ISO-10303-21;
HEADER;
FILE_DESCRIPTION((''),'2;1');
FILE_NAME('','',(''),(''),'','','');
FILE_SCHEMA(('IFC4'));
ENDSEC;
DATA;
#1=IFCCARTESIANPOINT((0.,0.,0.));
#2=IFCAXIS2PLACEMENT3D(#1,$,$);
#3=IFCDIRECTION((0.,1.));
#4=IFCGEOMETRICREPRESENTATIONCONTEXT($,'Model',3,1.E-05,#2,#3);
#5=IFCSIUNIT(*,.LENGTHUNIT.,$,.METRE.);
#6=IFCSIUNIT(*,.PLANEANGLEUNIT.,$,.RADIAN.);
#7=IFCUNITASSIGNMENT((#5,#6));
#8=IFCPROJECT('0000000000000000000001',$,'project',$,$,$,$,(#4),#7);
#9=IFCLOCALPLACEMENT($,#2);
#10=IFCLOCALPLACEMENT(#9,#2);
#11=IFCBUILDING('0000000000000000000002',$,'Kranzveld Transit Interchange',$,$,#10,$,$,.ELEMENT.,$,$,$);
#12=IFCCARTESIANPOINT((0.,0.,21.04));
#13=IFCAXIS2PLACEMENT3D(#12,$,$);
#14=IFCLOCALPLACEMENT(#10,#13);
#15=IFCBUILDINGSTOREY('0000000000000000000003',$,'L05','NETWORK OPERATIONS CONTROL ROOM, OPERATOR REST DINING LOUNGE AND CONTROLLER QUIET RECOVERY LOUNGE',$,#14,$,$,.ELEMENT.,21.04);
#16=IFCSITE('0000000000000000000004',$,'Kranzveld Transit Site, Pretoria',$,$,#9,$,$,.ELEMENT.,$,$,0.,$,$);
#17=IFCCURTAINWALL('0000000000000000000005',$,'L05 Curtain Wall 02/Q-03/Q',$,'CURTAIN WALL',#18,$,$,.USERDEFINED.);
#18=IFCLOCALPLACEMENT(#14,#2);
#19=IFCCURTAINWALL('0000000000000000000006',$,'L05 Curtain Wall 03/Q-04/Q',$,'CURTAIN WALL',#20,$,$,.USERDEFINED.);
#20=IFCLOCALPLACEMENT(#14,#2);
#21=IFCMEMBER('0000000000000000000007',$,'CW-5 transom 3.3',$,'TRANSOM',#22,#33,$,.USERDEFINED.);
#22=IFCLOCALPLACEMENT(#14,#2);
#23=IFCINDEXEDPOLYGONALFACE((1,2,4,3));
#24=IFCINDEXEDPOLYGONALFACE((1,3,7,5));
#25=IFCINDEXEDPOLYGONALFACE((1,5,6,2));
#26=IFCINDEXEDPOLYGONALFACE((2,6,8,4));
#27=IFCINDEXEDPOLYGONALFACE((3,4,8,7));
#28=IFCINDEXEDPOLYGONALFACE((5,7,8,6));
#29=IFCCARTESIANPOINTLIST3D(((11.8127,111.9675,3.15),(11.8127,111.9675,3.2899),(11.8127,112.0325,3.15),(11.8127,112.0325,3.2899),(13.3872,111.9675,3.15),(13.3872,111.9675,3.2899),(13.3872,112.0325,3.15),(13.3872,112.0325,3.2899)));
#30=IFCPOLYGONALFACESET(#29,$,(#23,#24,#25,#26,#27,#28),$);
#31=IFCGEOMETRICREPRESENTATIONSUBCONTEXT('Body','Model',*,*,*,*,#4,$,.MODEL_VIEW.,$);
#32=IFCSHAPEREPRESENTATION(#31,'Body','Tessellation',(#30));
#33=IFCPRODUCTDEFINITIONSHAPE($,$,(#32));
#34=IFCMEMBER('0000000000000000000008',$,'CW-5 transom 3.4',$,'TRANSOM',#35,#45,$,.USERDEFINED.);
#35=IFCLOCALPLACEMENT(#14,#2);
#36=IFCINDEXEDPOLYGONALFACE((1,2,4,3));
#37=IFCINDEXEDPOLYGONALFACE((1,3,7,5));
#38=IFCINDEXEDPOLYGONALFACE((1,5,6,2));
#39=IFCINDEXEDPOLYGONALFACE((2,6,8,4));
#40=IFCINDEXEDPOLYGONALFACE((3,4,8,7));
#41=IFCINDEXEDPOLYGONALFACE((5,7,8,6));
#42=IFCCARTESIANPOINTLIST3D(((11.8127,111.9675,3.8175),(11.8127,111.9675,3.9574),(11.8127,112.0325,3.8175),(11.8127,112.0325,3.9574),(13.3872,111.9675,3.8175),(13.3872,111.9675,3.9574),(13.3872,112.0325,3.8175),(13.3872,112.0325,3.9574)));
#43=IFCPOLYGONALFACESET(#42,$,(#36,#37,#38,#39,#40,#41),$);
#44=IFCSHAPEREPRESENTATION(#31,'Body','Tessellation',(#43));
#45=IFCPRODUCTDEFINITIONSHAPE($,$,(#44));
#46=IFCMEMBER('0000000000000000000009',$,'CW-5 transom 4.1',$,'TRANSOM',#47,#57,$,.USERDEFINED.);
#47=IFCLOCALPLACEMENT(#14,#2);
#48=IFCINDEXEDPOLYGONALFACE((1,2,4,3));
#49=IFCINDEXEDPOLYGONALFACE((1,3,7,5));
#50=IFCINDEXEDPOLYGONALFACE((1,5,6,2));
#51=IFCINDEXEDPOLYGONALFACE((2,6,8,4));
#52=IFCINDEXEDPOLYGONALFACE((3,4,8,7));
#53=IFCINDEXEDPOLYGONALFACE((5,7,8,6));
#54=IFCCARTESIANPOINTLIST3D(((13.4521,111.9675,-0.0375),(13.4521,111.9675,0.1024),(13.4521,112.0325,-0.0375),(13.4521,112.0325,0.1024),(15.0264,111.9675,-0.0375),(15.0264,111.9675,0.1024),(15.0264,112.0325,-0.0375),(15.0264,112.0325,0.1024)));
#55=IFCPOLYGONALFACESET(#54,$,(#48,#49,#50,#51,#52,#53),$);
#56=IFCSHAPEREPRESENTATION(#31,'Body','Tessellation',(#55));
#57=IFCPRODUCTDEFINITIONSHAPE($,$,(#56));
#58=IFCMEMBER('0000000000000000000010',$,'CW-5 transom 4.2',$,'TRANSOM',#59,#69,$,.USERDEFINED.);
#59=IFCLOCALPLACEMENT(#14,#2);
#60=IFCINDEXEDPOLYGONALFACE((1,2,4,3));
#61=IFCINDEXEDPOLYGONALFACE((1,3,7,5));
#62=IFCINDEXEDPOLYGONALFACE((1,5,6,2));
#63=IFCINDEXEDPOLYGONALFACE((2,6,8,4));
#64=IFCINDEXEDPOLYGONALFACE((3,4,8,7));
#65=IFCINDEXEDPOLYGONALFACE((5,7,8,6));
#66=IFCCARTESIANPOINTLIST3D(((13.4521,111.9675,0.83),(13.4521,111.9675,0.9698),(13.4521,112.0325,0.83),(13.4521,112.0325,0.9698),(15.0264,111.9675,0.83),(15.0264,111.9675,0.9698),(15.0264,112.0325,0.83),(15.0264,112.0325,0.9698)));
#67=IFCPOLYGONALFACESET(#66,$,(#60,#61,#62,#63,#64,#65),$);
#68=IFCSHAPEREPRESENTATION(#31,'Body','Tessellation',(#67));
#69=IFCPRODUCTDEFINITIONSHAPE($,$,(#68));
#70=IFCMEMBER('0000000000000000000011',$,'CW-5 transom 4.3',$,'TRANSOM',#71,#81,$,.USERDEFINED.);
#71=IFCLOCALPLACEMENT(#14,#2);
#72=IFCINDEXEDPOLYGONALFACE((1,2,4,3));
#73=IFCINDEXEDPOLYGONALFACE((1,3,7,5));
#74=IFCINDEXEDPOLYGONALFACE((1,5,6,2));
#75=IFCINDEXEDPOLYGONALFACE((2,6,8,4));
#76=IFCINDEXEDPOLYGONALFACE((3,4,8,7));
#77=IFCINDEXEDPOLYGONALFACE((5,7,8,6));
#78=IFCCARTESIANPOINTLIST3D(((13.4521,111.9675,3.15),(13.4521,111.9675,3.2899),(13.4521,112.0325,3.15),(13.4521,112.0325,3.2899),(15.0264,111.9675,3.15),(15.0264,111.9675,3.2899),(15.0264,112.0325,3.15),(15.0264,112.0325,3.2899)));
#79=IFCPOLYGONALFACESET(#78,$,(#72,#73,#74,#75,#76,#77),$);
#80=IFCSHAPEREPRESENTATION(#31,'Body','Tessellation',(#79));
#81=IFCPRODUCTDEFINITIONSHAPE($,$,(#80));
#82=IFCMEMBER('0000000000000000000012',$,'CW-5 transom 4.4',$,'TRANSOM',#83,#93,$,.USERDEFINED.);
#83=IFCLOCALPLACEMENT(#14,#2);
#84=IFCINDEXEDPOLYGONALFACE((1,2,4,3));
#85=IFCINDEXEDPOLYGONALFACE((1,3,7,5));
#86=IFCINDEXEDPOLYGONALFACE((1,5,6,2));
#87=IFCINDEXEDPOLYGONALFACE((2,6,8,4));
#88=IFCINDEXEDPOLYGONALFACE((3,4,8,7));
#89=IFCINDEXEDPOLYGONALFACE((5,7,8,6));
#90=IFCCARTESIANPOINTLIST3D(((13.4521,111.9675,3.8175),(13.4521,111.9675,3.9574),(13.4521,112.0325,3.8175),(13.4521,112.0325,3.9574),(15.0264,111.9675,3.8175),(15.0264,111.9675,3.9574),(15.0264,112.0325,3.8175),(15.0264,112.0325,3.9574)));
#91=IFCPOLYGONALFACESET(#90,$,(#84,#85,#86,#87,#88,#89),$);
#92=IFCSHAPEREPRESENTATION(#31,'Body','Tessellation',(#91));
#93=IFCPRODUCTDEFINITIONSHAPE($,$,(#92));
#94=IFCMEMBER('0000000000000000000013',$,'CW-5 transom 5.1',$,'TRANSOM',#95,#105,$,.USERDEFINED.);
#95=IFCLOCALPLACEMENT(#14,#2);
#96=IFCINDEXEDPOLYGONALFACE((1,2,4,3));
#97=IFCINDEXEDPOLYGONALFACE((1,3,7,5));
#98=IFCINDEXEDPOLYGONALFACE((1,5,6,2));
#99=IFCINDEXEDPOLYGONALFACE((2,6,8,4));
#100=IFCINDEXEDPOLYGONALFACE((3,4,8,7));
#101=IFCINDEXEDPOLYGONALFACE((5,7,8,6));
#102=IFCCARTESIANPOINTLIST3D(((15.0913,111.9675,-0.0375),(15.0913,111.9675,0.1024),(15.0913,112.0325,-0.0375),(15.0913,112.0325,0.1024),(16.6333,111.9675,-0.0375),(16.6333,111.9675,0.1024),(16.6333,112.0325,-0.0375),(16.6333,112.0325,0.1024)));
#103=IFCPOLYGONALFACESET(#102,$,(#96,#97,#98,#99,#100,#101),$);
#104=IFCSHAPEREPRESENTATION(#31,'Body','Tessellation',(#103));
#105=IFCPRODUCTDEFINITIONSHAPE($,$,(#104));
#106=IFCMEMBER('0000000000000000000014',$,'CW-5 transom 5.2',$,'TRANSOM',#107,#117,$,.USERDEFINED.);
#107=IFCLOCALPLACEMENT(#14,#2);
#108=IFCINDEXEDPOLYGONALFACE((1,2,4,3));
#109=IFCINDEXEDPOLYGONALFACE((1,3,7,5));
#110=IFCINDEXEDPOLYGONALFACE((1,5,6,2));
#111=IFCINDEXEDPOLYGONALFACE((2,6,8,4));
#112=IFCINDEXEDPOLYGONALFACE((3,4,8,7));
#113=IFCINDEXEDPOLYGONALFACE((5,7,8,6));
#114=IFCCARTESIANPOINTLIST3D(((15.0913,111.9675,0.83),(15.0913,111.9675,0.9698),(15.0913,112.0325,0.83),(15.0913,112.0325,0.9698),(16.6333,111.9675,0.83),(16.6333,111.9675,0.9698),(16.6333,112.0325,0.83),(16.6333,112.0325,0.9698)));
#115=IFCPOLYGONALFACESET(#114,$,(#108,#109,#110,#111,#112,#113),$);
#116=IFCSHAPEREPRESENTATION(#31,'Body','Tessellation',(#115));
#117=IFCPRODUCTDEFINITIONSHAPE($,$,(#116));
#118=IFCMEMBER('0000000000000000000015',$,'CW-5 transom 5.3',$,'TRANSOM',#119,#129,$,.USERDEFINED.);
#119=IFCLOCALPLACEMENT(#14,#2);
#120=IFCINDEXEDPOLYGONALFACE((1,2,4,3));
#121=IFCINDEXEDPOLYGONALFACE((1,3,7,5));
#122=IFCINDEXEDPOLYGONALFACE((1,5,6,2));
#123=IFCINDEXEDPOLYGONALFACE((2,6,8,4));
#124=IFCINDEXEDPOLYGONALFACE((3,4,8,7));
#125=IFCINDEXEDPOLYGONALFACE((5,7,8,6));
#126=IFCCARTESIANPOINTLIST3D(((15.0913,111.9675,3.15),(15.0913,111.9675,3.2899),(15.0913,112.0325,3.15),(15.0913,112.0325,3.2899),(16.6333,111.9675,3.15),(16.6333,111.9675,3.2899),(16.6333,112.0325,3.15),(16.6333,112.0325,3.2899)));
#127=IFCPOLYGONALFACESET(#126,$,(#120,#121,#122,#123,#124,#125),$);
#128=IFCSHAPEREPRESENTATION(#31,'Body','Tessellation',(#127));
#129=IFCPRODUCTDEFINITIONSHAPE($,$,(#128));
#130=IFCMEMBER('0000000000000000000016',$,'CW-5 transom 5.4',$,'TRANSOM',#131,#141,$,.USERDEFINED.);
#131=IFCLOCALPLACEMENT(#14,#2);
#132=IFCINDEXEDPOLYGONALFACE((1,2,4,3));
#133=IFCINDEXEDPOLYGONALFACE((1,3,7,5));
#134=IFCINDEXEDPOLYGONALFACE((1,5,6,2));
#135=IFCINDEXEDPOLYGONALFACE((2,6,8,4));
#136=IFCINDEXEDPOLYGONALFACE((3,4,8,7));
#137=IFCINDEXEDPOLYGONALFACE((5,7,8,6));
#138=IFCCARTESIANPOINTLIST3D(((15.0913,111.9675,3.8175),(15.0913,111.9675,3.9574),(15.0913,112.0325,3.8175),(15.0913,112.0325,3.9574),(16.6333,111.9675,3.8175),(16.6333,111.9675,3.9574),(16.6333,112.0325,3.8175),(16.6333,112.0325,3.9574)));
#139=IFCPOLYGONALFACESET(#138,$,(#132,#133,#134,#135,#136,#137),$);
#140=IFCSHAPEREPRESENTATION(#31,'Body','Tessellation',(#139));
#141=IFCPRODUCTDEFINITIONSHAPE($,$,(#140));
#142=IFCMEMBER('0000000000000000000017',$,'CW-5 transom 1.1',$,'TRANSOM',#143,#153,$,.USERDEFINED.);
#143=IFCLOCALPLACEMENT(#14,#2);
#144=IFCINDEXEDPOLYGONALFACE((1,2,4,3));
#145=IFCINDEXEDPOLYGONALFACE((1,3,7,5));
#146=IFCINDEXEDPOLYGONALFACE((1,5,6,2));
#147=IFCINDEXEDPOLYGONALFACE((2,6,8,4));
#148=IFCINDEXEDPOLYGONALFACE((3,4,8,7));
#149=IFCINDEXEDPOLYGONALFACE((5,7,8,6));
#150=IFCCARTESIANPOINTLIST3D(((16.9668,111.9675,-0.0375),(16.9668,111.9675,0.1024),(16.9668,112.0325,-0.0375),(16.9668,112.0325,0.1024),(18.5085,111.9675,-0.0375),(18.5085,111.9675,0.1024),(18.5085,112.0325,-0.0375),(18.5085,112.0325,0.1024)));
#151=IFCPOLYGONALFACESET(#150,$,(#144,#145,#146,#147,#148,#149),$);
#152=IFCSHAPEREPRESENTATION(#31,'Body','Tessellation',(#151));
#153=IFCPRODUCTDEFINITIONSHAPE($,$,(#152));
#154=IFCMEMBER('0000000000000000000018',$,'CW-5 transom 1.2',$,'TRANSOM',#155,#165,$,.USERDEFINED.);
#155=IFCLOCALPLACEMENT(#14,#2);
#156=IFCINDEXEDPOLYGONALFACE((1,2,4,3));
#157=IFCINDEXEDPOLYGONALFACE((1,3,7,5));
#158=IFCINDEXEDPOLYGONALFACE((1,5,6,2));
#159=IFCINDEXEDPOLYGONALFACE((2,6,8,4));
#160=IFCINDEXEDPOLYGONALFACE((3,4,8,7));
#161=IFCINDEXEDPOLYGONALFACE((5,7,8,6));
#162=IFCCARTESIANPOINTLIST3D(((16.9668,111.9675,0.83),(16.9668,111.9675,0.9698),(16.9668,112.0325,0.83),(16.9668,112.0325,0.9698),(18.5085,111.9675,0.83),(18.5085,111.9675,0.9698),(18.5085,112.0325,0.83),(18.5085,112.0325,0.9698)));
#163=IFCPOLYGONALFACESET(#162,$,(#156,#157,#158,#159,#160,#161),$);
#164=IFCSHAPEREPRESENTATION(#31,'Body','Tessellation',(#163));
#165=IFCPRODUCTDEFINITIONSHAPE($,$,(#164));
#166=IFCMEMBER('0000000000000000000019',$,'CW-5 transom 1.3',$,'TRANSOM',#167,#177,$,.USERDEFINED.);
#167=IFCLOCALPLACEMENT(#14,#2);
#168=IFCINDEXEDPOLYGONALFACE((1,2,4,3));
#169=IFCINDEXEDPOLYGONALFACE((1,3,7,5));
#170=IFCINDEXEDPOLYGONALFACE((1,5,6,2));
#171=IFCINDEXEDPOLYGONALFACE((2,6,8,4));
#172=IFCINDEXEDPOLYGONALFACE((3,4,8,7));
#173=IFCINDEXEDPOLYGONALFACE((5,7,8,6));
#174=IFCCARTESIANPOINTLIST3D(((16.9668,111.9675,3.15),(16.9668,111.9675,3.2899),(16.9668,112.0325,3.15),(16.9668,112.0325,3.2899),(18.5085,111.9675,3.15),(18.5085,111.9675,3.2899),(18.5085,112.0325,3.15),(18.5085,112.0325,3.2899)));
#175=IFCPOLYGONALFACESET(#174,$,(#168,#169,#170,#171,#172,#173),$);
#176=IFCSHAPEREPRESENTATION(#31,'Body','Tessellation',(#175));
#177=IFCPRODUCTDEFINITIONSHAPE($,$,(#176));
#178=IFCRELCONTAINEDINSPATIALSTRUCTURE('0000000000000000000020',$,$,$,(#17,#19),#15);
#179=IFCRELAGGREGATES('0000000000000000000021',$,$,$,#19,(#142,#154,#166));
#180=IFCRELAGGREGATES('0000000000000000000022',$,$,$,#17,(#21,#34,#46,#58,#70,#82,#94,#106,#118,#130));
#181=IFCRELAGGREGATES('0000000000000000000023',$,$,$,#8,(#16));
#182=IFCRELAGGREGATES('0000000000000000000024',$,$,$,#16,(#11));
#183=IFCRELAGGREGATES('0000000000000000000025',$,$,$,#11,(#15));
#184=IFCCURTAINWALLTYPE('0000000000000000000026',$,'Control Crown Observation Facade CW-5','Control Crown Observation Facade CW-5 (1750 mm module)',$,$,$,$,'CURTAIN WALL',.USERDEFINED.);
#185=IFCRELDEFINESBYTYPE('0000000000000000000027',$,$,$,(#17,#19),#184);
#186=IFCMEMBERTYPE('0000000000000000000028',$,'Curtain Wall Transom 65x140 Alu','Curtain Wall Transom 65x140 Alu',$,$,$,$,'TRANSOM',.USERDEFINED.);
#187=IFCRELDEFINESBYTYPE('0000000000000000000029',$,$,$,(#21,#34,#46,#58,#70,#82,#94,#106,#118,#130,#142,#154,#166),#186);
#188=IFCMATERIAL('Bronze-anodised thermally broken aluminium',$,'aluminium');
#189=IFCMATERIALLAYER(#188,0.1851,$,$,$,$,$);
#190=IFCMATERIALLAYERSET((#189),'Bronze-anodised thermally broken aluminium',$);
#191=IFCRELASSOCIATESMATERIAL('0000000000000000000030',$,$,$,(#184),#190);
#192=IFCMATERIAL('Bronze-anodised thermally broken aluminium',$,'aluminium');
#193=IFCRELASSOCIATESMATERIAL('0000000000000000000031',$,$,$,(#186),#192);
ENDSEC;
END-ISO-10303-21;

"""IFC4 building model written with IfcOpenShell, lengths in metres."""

from ifc_helpers import new_model, si_unit, direction, frame, origin, origin_2d, place, context, subcontext, project, spatial, rectangle, extrude, material, layer, layer_set, material_profile, profile_set, type_object, element, aggregate, save


model = new_model("IFC4")

# Units and contexts
model_context = context("Model", 3, precision=1e-05, world=origin(), true_north=direction((0.0, 1.0)))
body_context = subcontext(model_context, "Body", "Model", "MODEL_VIEW")
ifc_project = project(units=[si_unit("LENGTHUNIT", "METRE"), si_unit("PLANEANGLEUNIT", "RADIAN")], contexts=[model_context])

# Site, building, storey
site_placement = place(None, origin())
site = spatial("IfcSite", under=ifc_project, at=site_placement, Name="Kranzveld Transit Site, Pretoria", CompositionType="ELEMENT", RefElevation=0.0)
building_placement = place(site_placement, origin())
building = spatial("IfcBuilding", under=site, at=building_placement, Name="Kranzveld Transit Interchange", CompositionType="ELEMENT")
storey_placement = place(building_placement, frame((0.0, 0.0, 21.04)))
storey = spatial("IfcBuildingStorey", under=building, at=storey_placement, Name="L05", Description="NETWORK OPERATIONS CONTROL ROOM, OPERATOR REST DINING LOUNGE AND CONTROLLER QUIET RECOVERY LOUNGE", CompositionType="ELEMENT", Elevation=21.04)

# Curtain wall
ifc_material_1 = material(Name="Bronze-anodised thermally broken aluminium", Category="aluminium")
ifc_layer_1 = layer(ifc_material_1, 0.1851)
ifc_layer_set_1 = layer_set([ifc_layer_1], Name="Bronze-anodised thermally broken aluminium")
curtain_wall_type = type_object("IfcCurtainWallType", Name="Control Crown Observation Facade CW-5", Description="Control Crown Observation Facade CW-5 (1750 mm module)", ElementType="CURTAIN WALL", PredefinedType="USERDEFINED", material=ifc_layer_set_1)
curtain_wall_1_placement = place(storey_placement, origin())
curtain_wall_1 = element("IfcCurtainWall", 1, at=curtain_wall_1_placement, inside=storey, type_object=curtain_wall_type, Name="L05 Curtain Wall 02/Q-03/Q", ObjectType="CURTAIN WALL", PredefinedType="USERDEFINED")

# Curtain wall
curtain_wall_2_placement = place(storey_placement, origin())
curtain_wall_2 = element("IfcCurtainWall", 2, at=curtain_wall_2_placement, inside=storey, type_object=curtain_wall_type, Name="L05 Curtain Wall 03/Q-04/Q", ObjectType="CURTAIN WALL", PredefinedType="USERDEFINED")

# Members
ifc_material_2 = material(Name="Bronze-anodised thermally broken aluminium", Category="aluminium")
ifc_material_profile_1 = material_profile(ifc_material_2, rectangle(XDim=0.0649, YDim=0.1399, at=origin_2d()), Name="ALU TRANSOM 65x140")
ifc_profile_set_1 = profile_set([ifc_material_profile_1], Name="Bronze-anodised thermally broken aluminium")
member_type_1 = type_object("IfcMemberType", Name="Curtain Wall Transom 65x140 Alu", Description="Curtain Wall Transom 65x140 Alu", ElementType="TRANSOM", PredefinedType="USERDEFINED", material=ifc_profile_set_1)
member_1_placement = place(storey_placement, frame((11.8127, 112.0, 3.22), z_axis=(1.0, 0.0, 0.0), x_axis=(0.0, 1.0, 0.0)))
member_1 = element("IfcMember", 3, at=member_1_placement, type_object=member_type_1, Name="CW-5 transom 3.3", ObjectType="TRANSOM", PredefinedType="USERDEFINED", context=body_context, shape_type="SweptSolid", body=[
    extrude(rectangle(XDim=0.0649, YDim=0.1399, at=origin_2d()), origin(), (0.0, 0.0, 1.0), 1.5745),
])
member_2_placement = place(storey_placement, frame((11.8127, 112.0, 3.8875), z_axis=(1.0, 0.0, 0.0), x_axis=(0.0, 1.0, 0.0)))
member_2 = element("IfcMember", 4, at=member_2_placement, type_object=member_type_1, Name="CW-5 transom 3.4", ObjectType="TRANSOM", PredefinedType="USERDEFINED", context=body_context, shape_type="SweptSolid", body=[
    extrude(rectangle(XDim=0.0649, YDim=0.1399, at=origin_2d()), origin(), (0.0, 0.0, 1.0), 1.5745),
])
member_3_placement = place(storey_placement, frame((13.4521, 112.0, 0.0325), z_axis=(1.0, 0.0, 0.0), x_axis=(0.0, 1.0, 0.0)))
member_3 = element("IfcMember", 5, at=member_3_placement, type_object=member_type_1, Name="CW-5 transom 4.1", ObjectType="TRANSOM", PredefinedType="USERDEFINED", context=body_context, shape_type="SweptSolid", body=[
    extrude(rectangle(XDim=0.0649, YDim=0.1399, at=origin_2d()), origin(), (0.0, 0.0, 1.0), 1.5742),
])
member_4_placement = place(storey_placement, frame((13.4521, 112.0, 0.8999), z_axis=(1.0, 0.0, 0.0), x_axis=(0.0, 1.0, 0.0)))
member_4 = element("IfcMember", 6, at=member_4_placement, type_object=member_type_1, Name="CW-5 transom 4.2", ObjectType="TRANSOM", PredefinedType="USERDEFINED", context=body_context, shape_type="SweptSolid", body=[
    extrude(rectangle(XDim=0.0649, YDim=0.1399, at=origin_2d()), origin(), (0.0, 0.0, 1.0), 1.5742),
])
member_5_placement = place(storey_placement, frame((13.4521, 112.0, 3.22), z_axis=(1.0, 0.0, 0.0), x_axis=(0.0, 1.0, 0.0)))
member_5 = element("IfcMember", 7, at=member_5_placement, type_object=member_type_1, Name="CW-5 transom 4.3", ObjectType="TRANSOM", PredefinedType="USERDEFINED", context=body_context, shape_type="SweptSolid", body=[
    extrude(rectangle(XDim=0.0649, YDim=0.1399, at=origin_2d()), origin(), (0.0, 0.0, 1.0), 1.5742),
])
member_6_placement = place(storey_placement, frame((13.4521, 112.0, 3.8875), z_axis=(1.0, 0.0, 0.0), x_axis=(0.0, 1.0, 0.0)))
member_6 = element("IfcMember", 8, at=member_6_placement, type_object=member_type_1, Name="CW-5 transom 4.4", ObjectType="TRANSOM", PredefinedType="USERDEFINED", context=body_context, shape_type="SweptSolid", body=[
    extrude(rectangle(XDim=0.0649, YDim=0.1399, at=origin_2d()), origin(), (0.0, 0.0, 1.0), 1.5742),
])
member_7_placement = place(storey_placement, frame((15.0913, 112.0, 0.0325), z_axis=(1.0, 0.0, 0.0), x_axis=(0.0, 1.0, 0.0)))
member_7 = element("IfcMember", 9, at=member_7_placement, type_object=member_type_1, Name="CW-5 transom 5.1", ObjectType="TRANSOM", PredefinedType="USERDEFINED", context=body_context, shape_type="SweptSolid", body=[
    extrude(rectangle(XDim=0.0649, YDim=0.1399, at=origin_2d()), origin(), (0.0, 0.0, 1.0), 1.542),
])
member_8_placement = place(storey_placement, frame((15.0913, 112.0, 0.8999), z_axis=(1.0, 0.0, 0.0), x_axis=(0.0, 1.0, 0.0)))
member_8 = element("IfcMember", 10, at=member_8_placement, type_object=member_type_1, Name="CW-5 transom 5.2", ObjectType="TRANSOM", PredefinedType="USERDEFINED", context=body_context, shape_type="SweptSolid", body=[
    extrude(rectangle(XDim=0.0649, YDim=0.1399, at=origin_2d()), origin(), (0.0, 0.0, 1.0), 1.542),
])
member_9_placement = place(storey_placement, frame((15.0913, 112.0, 3.22), z_axis=(1.0, 0.0, 0.0), x_axis=(0.0, 1.0, 0.0)))
member_9 = element("IfcMember", 11, at=member_9_placement, type_object=member_type_1, Name="CW-5 transom 5.3", ObjectType="TRANSOM", PredefinedType="USERDEFINED", context=body_context, shape_type="SweptSolid", body=[
    extrude(rectangle(XDim=0.0649, YDim=0.1399, at=origin_2d()), origin(), (0.0, 0.0, 1.0), 1.542),
])
member_10_placement = place(storey_placement, frame((15.0913, 112.0, 3.8875), z_axis=(1.0, 0.0, 0.0), x_axis=(0.0, 1.0, 0.0)))
member_10 = element("IfcMember", 12, at=member_10_placement, type_object=member_type_1, Name="CW-5 transom 5.4", ObjectType="TRANSOM", PredefinedType="USERDEFINED", context=body_context, shape_type="SweptSolid", body=[
    extrude(rectangle(XDim=0.0649, YDim=0.1399, at=origin_2d()), origin(), (0.0, 0.0, 1.0), 1.542),
])
member_11_placement = place(storey_placement, frame((16.9668, 112.0, 0.0325), z_axis=(1.0, 0.0, 0.0), x_axis=(0.0, 1.0, 0.0)))
member_11 = element("IfcMember", 13, at=member_11_placement, type_object=member_type_1, Name="CW-5 transom 1.1", ObjectType="TRANSOM", PredefinedType="USERDEFINED", context=body_context, shape_type="SweptSolid", body=[
    extrude(rectangle(XDim=0.0649, YDim=0.1399, at=origin_2d()), origin(), (0.0, 0.0, 1.0), 1.5417),
])
member_12_placement = place(storey_placement, frame((16.9668, 112.0, 0.8999), z_axis=(1.0, 0.0, 0.0), x_axis=(0.0, 1.0, 0.0)))
member_12 = element("IfcMember", 14, at=member_12_placement, type_object=member_type_1, Name="CW-5 transom 1.2", ObjectType="TRANSOM", PredefinedType="USERDEFINED", context=body_context, shape_type="SweptSolid", body=[
    extrude(rectangle(XDim=0.0649, YDim=0.1399, at=origin_2d()), origin(), (0.0, 0.0, 1.0), 1.5417),
])
member_13_placement = place(storey_placement, frame((16.9668, 112.0, 3.22), z_axis=(1.0, 0.0, 0.0), x_axis=(0.0, 1.0, 0.0)))
member_13 = element("IfcMember", 15, at=member_13_placement, type_object=member_type_1, Name="CW-5 transom 1.3", ObjectType="TRANSOM", PredefinedType="USERDEFINED", context=body_context, shape_type="SweptSolid", body=[
    extrude(rectangle(XDim=0.0649, YDim=0.1399, at=origin_2d()), origin(), (0.0, 0.0, 1.0), 1.5417),
])
aggregate(curtain_wall_2, [member_11, member_12, member_13])

aggregate(curtain_wall_1, [member_1, member_2, member_3, member_4, member_5, member_6, member_7, member_8, member_9, member_10])

save(model, "model.ifc")
